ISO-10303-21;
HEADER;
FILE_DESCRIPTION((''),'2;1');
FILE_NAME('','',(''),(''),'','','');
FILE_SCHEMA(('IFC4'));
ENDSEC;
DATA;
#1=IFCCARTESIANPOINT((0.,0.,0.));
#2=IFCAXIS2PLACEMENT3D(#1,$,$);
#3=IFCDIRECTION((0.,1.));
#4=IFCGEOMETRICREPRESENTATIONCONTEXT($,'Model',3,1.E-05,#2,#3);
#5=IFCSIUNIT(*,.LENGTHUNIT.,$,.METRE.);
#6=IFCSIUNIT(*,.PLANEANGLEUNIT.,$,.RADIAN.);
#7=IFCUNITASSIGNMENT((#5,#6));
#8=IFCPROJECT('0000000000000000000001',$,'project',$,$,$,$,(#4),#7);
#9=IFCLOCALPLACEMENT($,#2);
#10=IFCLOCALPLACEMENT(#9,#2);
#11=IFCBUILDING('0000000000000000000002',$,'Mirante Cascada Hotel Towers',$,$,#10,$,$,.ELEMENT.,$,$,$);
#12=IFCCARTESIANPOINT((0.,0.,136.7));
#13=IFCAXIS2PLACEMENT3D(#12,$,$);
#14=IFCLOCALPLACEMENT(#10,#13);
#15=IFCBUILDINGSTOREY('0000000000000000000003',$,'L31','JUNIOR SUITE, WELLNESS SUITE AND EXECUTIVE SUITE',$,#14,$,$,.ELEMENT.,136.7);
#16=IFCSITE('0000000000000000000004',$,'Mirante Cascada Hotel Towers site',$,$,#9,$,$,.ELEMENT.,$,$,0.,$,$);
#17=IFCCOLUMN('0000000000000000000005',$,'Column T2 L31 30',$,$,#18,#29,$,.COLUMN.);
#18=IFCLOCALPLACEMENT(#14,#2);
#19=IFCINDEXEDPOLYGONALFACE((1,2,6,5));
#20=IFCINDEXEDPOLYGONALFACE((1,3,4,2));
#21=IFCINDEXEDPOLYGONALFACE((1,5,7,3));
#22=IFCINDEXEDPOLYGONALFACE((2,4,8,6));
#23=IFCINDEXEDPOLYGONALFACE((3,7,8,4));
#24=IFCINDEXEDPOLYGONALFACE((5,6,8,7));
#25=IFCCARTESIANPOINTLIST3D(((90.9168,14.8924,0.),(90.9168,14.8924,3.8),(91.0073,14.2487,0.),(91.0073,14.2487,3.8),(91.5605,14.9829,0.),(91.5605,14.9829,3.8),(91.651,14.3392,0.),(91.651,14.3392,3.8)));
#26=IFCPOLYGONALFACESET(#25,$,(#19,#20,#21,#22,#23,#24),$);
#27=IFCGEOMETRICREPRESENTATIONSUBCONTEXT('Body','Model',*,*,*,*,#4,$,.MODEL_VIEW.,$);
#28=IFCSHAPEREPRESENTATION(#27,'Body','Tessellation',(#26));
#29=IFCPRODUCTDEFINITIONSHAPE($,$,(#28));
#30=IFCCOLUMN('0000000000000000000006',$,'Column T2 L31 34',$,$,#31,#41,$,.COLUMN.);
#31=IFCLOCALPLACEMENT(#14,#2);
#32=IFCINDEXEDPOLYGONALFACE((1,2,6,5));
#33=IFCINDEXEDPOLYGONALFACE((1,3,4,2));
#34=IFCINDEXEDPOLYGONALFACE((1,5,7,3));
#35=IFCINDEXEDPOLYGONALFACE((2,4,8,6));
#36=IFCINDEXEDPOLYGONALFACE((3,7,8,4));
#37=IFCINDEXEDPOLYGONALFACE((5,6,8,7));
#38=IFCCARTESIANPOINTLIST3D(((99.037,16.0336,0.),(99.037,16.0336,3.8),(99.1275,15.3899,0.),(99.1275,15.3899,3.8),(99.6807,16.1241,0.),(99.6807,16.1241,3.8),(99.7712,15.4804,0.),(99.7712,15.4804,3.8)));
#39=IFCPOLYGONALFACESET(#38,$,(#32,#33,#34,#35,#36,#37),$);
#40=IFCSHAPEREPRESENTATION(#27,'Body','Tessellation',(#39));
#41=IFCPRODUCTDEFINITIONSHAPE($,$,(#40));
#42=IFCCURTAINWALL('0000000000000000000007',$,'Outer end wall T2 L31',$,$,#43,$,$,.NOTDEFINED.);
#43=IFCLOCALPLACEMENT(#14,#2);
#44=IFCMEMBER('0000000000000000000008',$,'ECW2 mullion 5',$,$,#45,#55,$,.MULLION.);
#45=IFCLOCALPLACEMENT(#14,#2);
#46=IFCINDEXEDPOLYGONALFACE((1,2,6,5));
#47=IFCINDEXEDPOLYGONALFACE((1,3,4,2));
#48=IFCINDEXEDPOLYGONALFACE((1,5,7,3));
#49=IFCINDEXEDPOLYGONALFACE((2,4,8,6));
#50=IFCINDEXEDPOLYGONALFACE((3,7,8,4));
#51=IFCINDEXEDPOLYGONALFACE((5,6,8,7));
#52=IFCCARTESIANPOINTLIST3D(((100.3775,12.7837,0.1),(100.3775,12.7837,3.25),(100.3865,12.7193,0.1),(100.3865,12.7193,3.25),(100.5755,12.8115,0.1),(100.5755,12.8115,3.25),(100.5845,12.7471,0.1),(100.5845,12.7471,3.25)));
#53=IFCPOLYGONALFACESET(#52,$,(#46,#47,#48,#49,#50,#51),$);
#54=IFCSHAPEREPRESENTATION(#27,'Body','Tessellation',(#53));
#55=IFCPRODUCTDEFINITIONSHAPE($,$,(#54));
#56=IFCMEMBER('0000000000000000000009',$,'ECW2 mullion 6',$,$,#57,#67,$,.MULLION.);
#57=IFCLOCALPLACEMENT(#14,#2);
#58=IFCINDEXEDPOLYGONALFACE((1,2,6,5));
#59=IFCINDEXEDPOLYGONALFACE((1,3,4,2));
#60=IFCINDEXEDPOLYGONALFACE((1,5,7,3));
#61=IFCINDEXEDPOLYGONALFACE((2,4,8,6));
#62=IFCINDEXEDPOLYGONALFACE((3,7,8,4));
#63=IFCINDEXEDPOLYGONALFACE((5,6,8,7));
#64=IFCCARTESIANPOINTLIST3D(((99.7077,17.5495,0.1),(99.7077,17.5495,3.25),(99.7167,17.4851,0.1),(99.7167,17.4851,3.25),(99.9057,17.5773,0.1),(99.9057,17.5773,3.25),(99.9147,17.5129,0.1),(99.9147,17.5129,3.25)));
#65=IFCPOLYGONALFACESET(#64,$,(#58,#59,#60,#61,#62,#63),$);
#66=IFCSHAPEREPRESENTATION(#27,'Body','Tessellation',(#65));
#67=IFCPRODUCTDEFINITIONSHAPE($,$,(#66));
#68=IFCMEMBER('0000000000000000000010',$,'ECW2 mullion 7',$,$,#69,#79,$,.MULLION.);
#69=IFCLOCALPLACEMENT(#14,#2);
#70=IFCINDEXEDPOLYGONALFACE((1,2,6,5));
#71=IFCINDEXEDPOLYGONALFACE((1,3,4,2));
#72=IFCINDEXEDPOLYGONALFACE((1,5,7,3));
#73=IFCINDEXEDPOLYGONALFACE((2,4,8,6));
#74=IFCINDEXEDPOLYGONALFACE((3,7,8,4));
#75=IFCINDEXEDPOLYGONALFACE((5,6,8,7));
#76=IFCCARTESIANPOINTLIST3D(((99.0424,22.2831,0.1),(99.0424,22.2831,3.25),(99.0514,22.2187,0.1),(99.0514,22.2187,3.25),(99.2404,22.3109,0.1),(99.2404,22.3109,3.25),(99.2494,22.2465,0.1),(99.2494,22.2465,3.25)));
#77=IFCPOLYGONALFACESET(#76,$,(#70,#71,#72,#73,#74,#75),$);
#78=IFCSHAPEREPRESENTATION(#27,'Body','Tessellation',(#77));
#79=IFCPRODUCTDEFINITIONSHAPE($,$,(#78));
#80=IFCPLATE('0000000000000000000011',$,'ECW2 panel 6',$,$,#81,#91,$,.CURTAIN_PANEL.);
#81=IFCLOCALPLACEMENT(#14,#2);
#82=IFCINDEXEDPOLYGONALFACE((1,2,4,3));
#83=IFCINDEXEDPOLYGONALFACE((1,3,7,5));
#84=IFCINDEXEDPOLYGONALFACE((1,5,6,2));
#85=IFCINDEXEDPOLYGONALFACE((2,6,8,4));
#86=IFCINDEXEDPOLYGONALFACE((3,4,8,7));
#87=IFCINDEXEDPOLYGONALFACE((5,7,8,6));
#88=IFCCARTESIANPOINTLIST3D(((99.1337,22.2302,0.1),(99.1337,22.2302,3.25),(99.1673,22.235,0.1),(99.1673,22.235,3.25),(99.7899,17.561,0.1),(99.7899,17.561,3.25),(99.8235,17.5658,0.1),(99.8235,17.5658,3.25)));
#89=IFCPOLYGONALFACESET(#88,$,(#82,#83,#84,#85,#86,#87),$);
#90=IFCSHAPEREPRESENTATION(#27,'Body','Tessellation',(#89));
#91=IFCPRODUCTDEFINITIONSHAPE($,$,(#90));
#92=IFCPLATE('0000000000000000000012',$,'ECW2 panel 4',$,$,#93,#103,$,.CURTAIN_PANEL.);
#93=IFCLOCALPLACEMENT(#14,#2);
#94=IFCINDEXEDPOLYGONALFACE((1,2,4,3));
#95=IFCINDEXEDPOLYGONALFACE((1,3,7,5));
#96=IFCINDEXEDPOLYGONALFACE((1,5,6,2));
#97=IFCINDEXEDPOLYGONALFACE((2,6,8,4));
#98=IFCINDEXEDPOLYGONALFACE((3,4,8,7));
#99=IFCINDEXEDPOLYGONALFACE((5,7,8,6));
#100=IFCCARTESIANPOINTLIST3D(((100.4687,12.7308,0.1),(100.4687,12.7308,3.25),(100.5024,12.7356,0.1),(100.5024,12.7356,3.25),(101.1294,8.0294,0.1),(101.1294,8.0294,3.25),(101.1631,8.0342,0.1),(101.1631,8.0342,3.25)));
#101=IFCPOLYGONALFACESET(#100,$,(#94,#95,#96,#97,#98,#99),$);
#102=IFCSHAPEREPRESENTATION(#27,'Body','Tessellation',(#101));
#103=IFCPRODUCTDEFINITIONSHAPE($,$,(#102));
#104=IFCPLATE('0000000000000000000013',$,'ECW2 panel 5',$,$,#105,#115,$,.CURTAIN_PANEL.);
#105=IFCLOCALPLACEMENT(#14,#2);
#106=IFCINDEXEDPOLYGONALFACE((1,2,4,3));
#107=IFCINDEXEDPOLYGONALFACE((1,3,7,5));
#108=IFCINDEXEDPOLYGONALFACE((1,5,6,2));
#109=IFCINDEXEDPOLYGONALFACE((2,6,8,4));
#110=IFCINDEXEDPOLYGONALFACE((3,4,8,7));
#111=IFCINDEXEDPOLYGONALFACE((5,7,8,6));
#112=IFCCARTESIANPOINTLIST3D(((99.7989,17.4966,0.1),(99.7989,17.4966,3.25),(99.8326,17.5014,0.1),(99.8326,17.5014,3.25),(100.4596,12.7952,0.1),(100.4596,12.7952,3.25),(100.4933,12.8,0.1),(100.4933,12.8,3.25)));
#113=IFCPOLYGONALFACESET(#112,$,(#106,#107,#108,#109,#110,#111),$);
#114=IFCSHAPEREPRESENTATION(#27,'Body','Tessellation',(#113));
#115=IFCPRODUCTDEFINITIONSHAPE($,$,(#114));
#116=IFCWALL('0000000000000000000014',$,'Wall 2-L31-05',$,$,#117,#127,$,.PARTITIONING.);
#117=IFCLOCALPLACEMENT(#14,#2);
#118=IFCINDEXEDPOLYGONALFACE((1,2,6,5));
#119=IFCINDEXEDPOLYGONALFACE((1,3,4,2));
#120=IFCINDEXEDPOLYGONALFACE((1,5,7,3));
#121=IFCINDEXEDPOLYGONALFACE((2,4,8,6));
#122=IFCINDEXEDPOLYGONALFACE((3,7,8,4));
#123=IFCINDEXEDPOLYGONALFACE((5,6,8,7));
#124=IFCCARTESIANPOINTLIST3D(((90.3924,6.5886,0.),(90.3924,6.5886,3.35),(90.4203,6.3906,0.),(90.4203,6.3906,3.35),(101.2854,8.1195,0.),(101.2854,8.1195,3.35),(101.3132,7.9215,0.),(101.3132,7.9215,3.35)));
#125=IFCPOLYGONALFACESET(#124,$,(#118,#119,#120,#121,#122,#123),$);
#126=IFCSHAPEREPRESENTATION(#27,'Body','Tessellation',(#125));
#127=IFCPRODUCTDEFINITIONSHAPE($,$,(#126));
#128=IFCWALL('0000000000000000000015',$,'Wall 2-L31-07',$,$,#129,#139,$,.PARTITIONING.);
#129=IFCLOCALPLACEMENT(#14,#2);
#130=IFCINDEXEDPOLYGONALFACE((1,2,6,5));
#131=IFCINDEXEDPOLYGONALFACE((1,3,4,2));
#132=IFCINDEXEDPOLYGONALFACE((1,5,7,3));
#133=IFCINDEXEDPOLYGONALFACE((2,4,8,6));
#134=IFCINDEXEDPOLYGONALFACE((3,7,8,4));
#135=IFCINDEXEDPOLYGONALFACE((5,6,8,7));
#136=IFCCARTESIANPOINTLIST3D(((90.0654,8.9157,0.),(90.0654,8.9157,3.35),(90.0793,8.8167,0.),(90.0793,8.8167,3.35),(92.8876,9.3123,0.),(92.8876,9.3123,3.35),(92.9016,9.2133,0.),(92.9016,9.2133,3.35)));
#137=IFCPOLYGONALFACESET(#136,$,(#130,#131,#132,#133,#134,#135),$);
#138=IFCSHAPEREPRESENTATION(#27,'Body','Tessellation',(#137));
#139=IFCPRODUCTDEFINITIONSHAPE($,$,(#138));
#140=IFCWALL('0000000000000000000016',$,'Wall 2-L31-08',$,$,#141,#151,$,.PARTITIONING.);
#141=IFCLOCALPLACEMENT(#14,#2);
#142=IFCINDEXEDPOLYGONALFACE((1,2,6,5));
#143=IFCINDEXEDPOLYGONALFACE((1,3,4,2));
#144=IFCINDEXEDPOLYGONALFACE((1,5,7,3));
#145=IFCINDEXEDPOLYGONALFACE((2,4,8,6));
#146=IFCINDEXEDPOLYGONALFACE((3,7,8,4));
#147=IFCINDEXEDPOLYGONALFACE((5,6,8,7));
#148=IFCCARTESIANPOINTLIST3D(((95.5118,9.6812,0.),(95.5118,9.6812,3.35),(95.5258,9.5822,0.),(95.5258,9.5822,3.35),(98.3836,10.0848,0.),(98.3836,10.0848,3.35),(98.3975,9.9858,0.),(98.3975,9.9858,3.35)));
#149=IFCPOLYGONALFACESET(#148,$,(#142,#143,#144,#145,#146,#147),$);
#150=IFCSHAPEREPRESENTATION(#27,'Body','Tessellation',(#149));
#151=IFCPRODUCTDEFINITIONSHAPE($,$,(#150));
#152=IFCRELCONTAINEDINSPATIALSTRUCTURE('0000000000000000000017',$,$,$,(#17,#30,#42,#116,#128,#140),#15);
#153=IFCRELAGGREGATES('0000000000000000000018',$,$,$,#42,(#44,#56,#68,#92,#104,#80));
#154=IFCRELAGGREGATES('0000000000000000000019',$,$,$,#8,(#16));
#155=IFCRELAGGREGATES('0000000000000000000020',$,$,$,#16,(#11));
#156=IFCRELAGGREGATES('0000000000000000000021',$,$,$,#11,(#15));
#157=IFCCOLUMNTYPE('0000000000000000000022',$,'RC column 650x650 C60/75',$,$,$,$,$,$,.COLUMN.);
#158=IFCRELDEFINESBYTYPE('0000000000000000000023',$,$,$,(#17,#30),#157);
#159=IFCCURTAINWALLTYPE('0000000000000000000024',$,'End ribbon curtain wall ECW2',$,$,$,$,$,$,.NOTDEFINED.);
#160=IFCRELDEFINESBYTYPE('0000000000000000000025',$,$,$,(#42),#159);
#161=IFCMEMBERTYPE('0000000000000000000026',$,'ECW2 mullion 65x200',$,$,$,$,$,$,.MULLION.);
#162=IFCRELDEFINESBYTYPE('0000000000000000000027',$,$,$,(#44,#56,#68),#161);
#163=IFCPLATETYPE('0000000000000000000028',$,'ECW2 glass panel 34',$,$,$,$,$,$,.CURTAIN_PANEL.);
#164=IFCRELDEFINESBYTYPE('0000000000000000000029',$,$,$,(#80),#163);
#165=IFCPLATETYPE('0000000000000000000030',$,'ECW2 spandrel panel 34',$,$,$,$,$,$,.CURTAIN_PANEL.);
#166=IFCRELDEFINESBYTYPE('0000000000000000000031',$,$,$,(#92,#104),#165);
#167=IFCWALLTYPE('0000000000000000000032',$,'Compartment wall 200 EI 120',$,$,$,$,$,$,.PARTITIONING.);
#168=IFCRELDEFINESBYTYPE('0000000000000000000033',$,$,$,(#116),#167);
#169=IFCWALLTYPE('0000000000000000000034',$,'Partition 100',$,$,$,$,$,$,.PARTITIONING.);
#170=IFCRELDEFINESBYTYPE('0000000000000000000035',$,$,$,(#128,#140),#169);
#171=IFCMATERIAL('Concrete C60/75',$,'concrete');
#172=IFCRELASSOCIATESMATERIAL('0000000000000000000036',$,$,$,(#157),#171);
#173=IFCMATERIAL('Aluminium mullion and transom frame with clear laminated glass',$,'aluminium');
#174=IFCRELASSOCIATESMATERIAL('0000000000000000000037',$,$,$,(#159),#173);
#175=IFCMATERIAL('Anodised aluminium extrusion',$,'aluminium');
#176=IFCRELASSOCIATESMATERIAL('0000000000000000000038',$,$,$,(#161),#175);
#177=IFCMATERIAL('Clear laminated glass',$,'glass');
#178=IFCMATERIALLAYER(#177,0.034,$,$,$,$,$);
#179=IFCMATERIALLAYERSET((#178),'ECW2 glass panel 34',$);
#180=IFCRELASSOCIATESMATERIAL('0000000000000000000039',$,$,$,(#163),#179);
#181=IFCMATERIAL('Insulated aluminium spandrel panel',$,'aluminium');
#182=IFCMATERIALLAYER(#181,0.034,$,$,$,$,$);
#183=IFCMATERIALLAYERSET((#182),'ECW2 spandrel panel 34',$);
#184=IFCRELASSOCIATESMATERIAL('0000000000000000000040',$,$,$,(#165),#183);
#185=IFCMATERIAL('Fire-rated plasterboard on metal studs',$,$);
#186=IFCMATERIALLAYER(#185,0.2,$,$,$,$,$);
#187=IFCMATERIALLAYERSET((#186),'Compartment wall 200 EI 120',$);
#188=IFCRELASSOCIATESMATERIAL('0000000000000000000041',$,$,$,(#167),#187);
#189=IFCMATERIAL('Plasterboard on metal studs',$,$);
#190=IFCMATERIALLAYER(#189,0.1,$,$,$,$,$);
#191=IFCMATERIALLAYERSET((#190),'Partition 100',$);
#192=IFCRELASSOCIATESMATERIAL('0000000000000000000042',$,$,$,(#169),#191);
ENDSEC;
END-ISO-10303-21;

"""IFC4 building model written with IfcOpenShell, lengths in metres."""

from ifc_helpers import new_model, si_unit, direction, frame, frame_2d, origin, origin_2d, place, context, subcontext, project, spatial, rectangle, extrude, material, layer, layer_set, material_profile, profile_set, type_object, element, aggregate, save


model = new_model("IFC4")

# Units and contexts
model_context = context("Model", 3, precision=1e-05, world=origin(), true_north=direction((0.0, 1.0)))
body_context = subcontext(model_context, "Body", "Model", "MODEL_VIEW")
ifc_project = project(units=[si_unit("LENGTHUNIT", "METRE"), si_unit("PLANEANGLEUNIT", "RADIAN")], contexts=[model_context])

# Site, building, storey
site_placement = place(None, origin())
site = spatial("IfcSite", under=ifc_project, at=site_placement, Name="Mirante Cascada Hotel Towers site", CompositionType="ELEMENT", RefElevation=0.0)
building_placement = place(site_placement, origin())
building = spatial("IfcBuilding", under=site, at=building_placement, Name="Mirante Cascada Hotel Towers", CompositionType="ELEMENT")
storey_placement = place(building_placement, frame((0.0, 0.0, 136.7)))
storey = spatial("IfcBuildingStorey", under=building, at=storey_placement, Name="L31", Description="JUNIOR SUITE, WELLNESS SUITE AND EXECUTIVE SUITE", CompositionType="ELEMENT", Elevation=136.7)

# Columns
ifc_material_1 = material(Name="Concrete C60/75", Category="concrete")
ifc_material_profile_1 = material_profile(ifc_material_1, rectangle(XDim=0.65, YDim=0.65, at=origin_2d()), Name="RC column 650x650 C60/75")
ifc_profile_set_1 = profile_set([ifc_material_profile_1], Name="Concrete C60/75")
column_type = type_object("IfcColumnType", Name="RC column 650x650 C60/75", PredefinedType="COLUMN", material=ifc_profile_set_1)
for number, where, z_axis, x_axis, name in (
    (1, (91.2839, 14.6158, 0.0), (0.0, 0.0, 1.0), (0.990268, 0.139173, 0.0), "Column T2 L31 30"),
    (2, (99.4041, 15.757, 0.0), (0.0, 0.0, 1.0), (0.990268, 0.139173, 0.0), "Column T2 L31 34"),
):
    element("IfcColumn", number, at=place(storey_placement, frame(where, z_axis=z_axis, x_axis=x_axis)), inside=storey, type_object=column_type, Name=name, PredefinedType="COLUMN", context=body_context, shape_type="SweptSolid", body=[
        extrude(rectangle(XDim=0.65, YDim=0.65, at=origin_2d()), origin(), (0.0, 0.0, 1.0), 3.8),
    ])

# Curtain wall, members, plates
ifc_material_2 = material(Name="Aluminium mullion and transom frame with clear laminated glass", Category="aluminium")
curtain_wall_type = type_object("IfcCurtainWallType", Name="End ribbon curtain wall ECW2", PredefinedType="NOTDEFINED", material=ifc_material_2)
curtain_wall_placement = place(storey_placement, origin())
curtain_wall = element("IfcCurtainWall", 3, at=curtain_wall_placement, inside=storey, type_object=curtain_wall_type, Name="Outer end wall T2 L31", PredefinedType="NOTDEFINED")
ifc_material_3 = material(Name="Anodised aluminium extrusion", Category="aluminium")
ifc_material_profile_2 = material_profile(ifc_material_3, rectangle(XDim=0.2, YDim=0.065, at=origin_2d()), Name="ECW2 MULLION 65x200")
ifc_profile_set_2 = profile_set([ifc_material_profile_2], Name="Anodised aluminium extrusion")
member_type = type_object("IfcMemberType", Name="ECW2 mullion 65x200", PredefinedType="MULLION", material=ifc_profile_set_2)
member_1_placement = place(storey_placement, frame((100.481, 12.7654, 0.1), z_axis=(0.0, 0.0, 1.0), x_axis=(-0.990268, -0.139173, 0.0)))
member_1 = element("IfcMember", 4, at=member_1_placement, type_object=member_type, Name="ECW2 mullion 5", PredefinedType="MULLION", context=body_context, shape_type="SweptSolid", body=[
    extrude(rectangle(XDim=0.2, YDim=0.065, at=origin_2d()), origin(), (0.0, 0.0, 1.0), 3.15),
])
member_2_placement = place(storey_placement, frame((99.8112, 17.5312, 0.1), z_axis=(0.0, 0.0, 1.0), x_axis=(-0.990268, -0.139173, 0.0)))
member_2 = element("IfcMember", 5, at=member_2_placement, type_object=member_type, Name="ECW2 mullion 6", PredefinedType="MULLION", context=body_context, shape_type="SweptSolid", body=[
    extrude(rectangle(XDim=0.2, YDim=0.065, at=origin_2d()), origin(), (0.0, 0.0, 1.0), 3.15),
])
member_3_placement = place(storey_placement, frame((99.1459, 22.2648, 0.1), z_axis=(0.0, 0.0, 1.0), x_axis=(-0.990268, -0.139173, 0.0)))
member_3 = element("IfcMember", 6, at=member_3_placement, type_object=member_type, Name="ECW2 mullion 7", PredefinedType="MULLION", context=body_context, shape_type="SweptSolid", body=[
    extrude(rectangle(XDim=0.2, YDim=0.065, at=origin_2d()), origin(), (0.0, 0.0, 1.0), 3.15),
])
ifc_material_4 = material(Name="Clear laminated glass", Category="glass")
ifc_layer_1 = layer(ifc_material_4, 0.034)
ifc_layer_set_1 = layer_set([ifc_layer_1], Name="ECW2 glass panel 34")
plate_type_1 = type_object("IfcPlateType", Name="ECW2 glass panel 34", PredefinedType="CURTAIN_PANEL", material=ifc_layer_set_1)
plate_1_placement = place(storey_placement, frame((99.4786, 19.898, 0.1), z_axis=(0.0, 0.0, 1.0), x_axis=(-0.139173, 0.990268, 0.0)))
plate_1 = element("IfcPlate", 7, at=plate_1_placement, type_object=plate_type_1, Name="ECW2 panel 6", PredefinedType="CURTAIN_PANEL", context=body_context, shape_type="SweptSolid", body=[
    extrude(rectangle(XDim=4.7151, YDim=0.034, at=origin_2d()), origin(), (0.0, 0.0, 1.0), 3.15),
])
ifc_material_5 = material(Name="Insulated aluminium spandrel panel", Category="aluminium")
ifc_layer_2 = layer(ifc_material_5, 0.034)
ifc_layer_set_2 = layer_set([ifc_layer_2], Name="ECW2 spandrel panel 34")
plate_type_2 = type_object("IfcPlateType", Name="ECW2 spandrel panel 34", PredefinedType="CURTAIN_PANEL", material=ifc_layer_set_2)
plate_2_placement = place(storey_placement, frame((100.8159, 10.3825, 0.1), z_axis=(0.0, 0.0, 1.0), x_axis=(-0.139173, 0.990268, 0.0)))
plate_2 = element("IfcPlate", 8, at=plate_2_placement, type_object=plate_type_2, Name="ECW2 panel 4", PredefinedType="CURTAIN_PANEL", context=body_context, shape_type="SweptSolid", body=[
    extrude(rectangle(XDim=4.7476, YDim=0.034, at=origin_2d()), origin(), (0.0, 0.0, 1.0), 3.15),
])
plate_3_placement = place(storey_placement, frame((100.1461, 15.1483, 0.1), z_axis=(0.0, 0.0, 1.0), x_axis=(-0.139173, 0.990268, 0.0)))
plate_3 = element("IfcPlate", 9, at=plate_3_placement, type_object=plate_type_2, Name="ECW2 panel 5", PredefinedType="CURTAIN_PANEL", context=body_context, shape_type="SweptSolid", body=[
    extrude(rectangle(XDim=4.7476, YDim=0.034, at=origin_2d()), origin(), (0.0, 0.0, 1.0), 3.15),
])
aggregate(curtain_wall, [member_1, member_2, member_3, plate_2, plate_3, plate_1])

# Walls
ifc_material_6 = material(Name="Fire-rated plasterboard on metal studs")
ifc_layer_3 = layer(ifc_material_6, 0.2)
ifc_layer_set_3 = layer_set([ifc_layer_3], Name="Compartment wall 200 EI 120")
wall_type_1 = type_object("IfcWallType", Name="Compartment wall 200 EI 120", PredefinedType="PARTITIONING", material=ifc_layer_set_3)
wall_1_placement = place(storey_placement, frame((101.2993, 8.0205, 0.0), z_axis=(0.0, 0.0, 1.0), x_axis=(-0.990268, -0.139173, 0.0)))
element("IfcWall", 10, at=wall_1_placement, inside=storey, type_object=wall_type_1, Name="Wall 2-L31-05", PredefinedType="PARTITIONING", context=body_context, shape_type="SweptSolid", body=[
    extrude(rectangle(XDim=11.0, YDim=0.2, at=frame_2d((5.5, 0.0))), origin(), (0.0, 0.0, 1.0), 3.35),
])
ifc_material_7 = material(Name="Plasterboard on metal studs")
ifc_layer_4 = layer(ifc_material_7, 0.1)
ifc_layer_set_4 = layer_set([ifc_layer_4], Name="Partition 100")
wall_type_2 = type_object("IfcWallType", Name="Partition 100", PredefinedType="PARTITIONING", material=ifc_layer_set_4)
wall_2_placement = place(storey_placement, frame((92.8946, 9.2628, 0.0), z_axis=(0.0, 0.0, 1.0), x_axis=(-0.99027, -0.139156, 0.0)))
element("IfcWall", 11, at=wall_2_placement, inside=storey, type_object=wall_type_2, Name="Wall 2-L31-07", PredefinedType="PARTITIONING", context=body_context, shape_type="SweptSolid", body=[
    extrude(rectangle(XDim=2.85, YDim=0.1, at=frame_2d((1.425, 0.0))), origin(), (0.0, 0.0, 1.0), 3.35),
])
wall_3_placement = place(storey_placement, frame((95.5188, 9.6317, 0.0), z_axis=(0.0, 0.0, 1.0), x_axis=(0.990268, 0.139171, 0.0)))
element("IfcWall", 12, at=wall_3_placement, inside=storey, type_object=wall_type_2, Name="Wall 2-L31-08", PredefinedType="PARTITIONING", context=body_context, shape_type="SweptSolid", body=[
    extrude(rectangle(XDim=2.9, YDim=0.1, at=frame_2d((1.45, 0.0))), origin(), (0.0, 0.0, 1.0), 3.35),
])

save(model, "model.ifc")
